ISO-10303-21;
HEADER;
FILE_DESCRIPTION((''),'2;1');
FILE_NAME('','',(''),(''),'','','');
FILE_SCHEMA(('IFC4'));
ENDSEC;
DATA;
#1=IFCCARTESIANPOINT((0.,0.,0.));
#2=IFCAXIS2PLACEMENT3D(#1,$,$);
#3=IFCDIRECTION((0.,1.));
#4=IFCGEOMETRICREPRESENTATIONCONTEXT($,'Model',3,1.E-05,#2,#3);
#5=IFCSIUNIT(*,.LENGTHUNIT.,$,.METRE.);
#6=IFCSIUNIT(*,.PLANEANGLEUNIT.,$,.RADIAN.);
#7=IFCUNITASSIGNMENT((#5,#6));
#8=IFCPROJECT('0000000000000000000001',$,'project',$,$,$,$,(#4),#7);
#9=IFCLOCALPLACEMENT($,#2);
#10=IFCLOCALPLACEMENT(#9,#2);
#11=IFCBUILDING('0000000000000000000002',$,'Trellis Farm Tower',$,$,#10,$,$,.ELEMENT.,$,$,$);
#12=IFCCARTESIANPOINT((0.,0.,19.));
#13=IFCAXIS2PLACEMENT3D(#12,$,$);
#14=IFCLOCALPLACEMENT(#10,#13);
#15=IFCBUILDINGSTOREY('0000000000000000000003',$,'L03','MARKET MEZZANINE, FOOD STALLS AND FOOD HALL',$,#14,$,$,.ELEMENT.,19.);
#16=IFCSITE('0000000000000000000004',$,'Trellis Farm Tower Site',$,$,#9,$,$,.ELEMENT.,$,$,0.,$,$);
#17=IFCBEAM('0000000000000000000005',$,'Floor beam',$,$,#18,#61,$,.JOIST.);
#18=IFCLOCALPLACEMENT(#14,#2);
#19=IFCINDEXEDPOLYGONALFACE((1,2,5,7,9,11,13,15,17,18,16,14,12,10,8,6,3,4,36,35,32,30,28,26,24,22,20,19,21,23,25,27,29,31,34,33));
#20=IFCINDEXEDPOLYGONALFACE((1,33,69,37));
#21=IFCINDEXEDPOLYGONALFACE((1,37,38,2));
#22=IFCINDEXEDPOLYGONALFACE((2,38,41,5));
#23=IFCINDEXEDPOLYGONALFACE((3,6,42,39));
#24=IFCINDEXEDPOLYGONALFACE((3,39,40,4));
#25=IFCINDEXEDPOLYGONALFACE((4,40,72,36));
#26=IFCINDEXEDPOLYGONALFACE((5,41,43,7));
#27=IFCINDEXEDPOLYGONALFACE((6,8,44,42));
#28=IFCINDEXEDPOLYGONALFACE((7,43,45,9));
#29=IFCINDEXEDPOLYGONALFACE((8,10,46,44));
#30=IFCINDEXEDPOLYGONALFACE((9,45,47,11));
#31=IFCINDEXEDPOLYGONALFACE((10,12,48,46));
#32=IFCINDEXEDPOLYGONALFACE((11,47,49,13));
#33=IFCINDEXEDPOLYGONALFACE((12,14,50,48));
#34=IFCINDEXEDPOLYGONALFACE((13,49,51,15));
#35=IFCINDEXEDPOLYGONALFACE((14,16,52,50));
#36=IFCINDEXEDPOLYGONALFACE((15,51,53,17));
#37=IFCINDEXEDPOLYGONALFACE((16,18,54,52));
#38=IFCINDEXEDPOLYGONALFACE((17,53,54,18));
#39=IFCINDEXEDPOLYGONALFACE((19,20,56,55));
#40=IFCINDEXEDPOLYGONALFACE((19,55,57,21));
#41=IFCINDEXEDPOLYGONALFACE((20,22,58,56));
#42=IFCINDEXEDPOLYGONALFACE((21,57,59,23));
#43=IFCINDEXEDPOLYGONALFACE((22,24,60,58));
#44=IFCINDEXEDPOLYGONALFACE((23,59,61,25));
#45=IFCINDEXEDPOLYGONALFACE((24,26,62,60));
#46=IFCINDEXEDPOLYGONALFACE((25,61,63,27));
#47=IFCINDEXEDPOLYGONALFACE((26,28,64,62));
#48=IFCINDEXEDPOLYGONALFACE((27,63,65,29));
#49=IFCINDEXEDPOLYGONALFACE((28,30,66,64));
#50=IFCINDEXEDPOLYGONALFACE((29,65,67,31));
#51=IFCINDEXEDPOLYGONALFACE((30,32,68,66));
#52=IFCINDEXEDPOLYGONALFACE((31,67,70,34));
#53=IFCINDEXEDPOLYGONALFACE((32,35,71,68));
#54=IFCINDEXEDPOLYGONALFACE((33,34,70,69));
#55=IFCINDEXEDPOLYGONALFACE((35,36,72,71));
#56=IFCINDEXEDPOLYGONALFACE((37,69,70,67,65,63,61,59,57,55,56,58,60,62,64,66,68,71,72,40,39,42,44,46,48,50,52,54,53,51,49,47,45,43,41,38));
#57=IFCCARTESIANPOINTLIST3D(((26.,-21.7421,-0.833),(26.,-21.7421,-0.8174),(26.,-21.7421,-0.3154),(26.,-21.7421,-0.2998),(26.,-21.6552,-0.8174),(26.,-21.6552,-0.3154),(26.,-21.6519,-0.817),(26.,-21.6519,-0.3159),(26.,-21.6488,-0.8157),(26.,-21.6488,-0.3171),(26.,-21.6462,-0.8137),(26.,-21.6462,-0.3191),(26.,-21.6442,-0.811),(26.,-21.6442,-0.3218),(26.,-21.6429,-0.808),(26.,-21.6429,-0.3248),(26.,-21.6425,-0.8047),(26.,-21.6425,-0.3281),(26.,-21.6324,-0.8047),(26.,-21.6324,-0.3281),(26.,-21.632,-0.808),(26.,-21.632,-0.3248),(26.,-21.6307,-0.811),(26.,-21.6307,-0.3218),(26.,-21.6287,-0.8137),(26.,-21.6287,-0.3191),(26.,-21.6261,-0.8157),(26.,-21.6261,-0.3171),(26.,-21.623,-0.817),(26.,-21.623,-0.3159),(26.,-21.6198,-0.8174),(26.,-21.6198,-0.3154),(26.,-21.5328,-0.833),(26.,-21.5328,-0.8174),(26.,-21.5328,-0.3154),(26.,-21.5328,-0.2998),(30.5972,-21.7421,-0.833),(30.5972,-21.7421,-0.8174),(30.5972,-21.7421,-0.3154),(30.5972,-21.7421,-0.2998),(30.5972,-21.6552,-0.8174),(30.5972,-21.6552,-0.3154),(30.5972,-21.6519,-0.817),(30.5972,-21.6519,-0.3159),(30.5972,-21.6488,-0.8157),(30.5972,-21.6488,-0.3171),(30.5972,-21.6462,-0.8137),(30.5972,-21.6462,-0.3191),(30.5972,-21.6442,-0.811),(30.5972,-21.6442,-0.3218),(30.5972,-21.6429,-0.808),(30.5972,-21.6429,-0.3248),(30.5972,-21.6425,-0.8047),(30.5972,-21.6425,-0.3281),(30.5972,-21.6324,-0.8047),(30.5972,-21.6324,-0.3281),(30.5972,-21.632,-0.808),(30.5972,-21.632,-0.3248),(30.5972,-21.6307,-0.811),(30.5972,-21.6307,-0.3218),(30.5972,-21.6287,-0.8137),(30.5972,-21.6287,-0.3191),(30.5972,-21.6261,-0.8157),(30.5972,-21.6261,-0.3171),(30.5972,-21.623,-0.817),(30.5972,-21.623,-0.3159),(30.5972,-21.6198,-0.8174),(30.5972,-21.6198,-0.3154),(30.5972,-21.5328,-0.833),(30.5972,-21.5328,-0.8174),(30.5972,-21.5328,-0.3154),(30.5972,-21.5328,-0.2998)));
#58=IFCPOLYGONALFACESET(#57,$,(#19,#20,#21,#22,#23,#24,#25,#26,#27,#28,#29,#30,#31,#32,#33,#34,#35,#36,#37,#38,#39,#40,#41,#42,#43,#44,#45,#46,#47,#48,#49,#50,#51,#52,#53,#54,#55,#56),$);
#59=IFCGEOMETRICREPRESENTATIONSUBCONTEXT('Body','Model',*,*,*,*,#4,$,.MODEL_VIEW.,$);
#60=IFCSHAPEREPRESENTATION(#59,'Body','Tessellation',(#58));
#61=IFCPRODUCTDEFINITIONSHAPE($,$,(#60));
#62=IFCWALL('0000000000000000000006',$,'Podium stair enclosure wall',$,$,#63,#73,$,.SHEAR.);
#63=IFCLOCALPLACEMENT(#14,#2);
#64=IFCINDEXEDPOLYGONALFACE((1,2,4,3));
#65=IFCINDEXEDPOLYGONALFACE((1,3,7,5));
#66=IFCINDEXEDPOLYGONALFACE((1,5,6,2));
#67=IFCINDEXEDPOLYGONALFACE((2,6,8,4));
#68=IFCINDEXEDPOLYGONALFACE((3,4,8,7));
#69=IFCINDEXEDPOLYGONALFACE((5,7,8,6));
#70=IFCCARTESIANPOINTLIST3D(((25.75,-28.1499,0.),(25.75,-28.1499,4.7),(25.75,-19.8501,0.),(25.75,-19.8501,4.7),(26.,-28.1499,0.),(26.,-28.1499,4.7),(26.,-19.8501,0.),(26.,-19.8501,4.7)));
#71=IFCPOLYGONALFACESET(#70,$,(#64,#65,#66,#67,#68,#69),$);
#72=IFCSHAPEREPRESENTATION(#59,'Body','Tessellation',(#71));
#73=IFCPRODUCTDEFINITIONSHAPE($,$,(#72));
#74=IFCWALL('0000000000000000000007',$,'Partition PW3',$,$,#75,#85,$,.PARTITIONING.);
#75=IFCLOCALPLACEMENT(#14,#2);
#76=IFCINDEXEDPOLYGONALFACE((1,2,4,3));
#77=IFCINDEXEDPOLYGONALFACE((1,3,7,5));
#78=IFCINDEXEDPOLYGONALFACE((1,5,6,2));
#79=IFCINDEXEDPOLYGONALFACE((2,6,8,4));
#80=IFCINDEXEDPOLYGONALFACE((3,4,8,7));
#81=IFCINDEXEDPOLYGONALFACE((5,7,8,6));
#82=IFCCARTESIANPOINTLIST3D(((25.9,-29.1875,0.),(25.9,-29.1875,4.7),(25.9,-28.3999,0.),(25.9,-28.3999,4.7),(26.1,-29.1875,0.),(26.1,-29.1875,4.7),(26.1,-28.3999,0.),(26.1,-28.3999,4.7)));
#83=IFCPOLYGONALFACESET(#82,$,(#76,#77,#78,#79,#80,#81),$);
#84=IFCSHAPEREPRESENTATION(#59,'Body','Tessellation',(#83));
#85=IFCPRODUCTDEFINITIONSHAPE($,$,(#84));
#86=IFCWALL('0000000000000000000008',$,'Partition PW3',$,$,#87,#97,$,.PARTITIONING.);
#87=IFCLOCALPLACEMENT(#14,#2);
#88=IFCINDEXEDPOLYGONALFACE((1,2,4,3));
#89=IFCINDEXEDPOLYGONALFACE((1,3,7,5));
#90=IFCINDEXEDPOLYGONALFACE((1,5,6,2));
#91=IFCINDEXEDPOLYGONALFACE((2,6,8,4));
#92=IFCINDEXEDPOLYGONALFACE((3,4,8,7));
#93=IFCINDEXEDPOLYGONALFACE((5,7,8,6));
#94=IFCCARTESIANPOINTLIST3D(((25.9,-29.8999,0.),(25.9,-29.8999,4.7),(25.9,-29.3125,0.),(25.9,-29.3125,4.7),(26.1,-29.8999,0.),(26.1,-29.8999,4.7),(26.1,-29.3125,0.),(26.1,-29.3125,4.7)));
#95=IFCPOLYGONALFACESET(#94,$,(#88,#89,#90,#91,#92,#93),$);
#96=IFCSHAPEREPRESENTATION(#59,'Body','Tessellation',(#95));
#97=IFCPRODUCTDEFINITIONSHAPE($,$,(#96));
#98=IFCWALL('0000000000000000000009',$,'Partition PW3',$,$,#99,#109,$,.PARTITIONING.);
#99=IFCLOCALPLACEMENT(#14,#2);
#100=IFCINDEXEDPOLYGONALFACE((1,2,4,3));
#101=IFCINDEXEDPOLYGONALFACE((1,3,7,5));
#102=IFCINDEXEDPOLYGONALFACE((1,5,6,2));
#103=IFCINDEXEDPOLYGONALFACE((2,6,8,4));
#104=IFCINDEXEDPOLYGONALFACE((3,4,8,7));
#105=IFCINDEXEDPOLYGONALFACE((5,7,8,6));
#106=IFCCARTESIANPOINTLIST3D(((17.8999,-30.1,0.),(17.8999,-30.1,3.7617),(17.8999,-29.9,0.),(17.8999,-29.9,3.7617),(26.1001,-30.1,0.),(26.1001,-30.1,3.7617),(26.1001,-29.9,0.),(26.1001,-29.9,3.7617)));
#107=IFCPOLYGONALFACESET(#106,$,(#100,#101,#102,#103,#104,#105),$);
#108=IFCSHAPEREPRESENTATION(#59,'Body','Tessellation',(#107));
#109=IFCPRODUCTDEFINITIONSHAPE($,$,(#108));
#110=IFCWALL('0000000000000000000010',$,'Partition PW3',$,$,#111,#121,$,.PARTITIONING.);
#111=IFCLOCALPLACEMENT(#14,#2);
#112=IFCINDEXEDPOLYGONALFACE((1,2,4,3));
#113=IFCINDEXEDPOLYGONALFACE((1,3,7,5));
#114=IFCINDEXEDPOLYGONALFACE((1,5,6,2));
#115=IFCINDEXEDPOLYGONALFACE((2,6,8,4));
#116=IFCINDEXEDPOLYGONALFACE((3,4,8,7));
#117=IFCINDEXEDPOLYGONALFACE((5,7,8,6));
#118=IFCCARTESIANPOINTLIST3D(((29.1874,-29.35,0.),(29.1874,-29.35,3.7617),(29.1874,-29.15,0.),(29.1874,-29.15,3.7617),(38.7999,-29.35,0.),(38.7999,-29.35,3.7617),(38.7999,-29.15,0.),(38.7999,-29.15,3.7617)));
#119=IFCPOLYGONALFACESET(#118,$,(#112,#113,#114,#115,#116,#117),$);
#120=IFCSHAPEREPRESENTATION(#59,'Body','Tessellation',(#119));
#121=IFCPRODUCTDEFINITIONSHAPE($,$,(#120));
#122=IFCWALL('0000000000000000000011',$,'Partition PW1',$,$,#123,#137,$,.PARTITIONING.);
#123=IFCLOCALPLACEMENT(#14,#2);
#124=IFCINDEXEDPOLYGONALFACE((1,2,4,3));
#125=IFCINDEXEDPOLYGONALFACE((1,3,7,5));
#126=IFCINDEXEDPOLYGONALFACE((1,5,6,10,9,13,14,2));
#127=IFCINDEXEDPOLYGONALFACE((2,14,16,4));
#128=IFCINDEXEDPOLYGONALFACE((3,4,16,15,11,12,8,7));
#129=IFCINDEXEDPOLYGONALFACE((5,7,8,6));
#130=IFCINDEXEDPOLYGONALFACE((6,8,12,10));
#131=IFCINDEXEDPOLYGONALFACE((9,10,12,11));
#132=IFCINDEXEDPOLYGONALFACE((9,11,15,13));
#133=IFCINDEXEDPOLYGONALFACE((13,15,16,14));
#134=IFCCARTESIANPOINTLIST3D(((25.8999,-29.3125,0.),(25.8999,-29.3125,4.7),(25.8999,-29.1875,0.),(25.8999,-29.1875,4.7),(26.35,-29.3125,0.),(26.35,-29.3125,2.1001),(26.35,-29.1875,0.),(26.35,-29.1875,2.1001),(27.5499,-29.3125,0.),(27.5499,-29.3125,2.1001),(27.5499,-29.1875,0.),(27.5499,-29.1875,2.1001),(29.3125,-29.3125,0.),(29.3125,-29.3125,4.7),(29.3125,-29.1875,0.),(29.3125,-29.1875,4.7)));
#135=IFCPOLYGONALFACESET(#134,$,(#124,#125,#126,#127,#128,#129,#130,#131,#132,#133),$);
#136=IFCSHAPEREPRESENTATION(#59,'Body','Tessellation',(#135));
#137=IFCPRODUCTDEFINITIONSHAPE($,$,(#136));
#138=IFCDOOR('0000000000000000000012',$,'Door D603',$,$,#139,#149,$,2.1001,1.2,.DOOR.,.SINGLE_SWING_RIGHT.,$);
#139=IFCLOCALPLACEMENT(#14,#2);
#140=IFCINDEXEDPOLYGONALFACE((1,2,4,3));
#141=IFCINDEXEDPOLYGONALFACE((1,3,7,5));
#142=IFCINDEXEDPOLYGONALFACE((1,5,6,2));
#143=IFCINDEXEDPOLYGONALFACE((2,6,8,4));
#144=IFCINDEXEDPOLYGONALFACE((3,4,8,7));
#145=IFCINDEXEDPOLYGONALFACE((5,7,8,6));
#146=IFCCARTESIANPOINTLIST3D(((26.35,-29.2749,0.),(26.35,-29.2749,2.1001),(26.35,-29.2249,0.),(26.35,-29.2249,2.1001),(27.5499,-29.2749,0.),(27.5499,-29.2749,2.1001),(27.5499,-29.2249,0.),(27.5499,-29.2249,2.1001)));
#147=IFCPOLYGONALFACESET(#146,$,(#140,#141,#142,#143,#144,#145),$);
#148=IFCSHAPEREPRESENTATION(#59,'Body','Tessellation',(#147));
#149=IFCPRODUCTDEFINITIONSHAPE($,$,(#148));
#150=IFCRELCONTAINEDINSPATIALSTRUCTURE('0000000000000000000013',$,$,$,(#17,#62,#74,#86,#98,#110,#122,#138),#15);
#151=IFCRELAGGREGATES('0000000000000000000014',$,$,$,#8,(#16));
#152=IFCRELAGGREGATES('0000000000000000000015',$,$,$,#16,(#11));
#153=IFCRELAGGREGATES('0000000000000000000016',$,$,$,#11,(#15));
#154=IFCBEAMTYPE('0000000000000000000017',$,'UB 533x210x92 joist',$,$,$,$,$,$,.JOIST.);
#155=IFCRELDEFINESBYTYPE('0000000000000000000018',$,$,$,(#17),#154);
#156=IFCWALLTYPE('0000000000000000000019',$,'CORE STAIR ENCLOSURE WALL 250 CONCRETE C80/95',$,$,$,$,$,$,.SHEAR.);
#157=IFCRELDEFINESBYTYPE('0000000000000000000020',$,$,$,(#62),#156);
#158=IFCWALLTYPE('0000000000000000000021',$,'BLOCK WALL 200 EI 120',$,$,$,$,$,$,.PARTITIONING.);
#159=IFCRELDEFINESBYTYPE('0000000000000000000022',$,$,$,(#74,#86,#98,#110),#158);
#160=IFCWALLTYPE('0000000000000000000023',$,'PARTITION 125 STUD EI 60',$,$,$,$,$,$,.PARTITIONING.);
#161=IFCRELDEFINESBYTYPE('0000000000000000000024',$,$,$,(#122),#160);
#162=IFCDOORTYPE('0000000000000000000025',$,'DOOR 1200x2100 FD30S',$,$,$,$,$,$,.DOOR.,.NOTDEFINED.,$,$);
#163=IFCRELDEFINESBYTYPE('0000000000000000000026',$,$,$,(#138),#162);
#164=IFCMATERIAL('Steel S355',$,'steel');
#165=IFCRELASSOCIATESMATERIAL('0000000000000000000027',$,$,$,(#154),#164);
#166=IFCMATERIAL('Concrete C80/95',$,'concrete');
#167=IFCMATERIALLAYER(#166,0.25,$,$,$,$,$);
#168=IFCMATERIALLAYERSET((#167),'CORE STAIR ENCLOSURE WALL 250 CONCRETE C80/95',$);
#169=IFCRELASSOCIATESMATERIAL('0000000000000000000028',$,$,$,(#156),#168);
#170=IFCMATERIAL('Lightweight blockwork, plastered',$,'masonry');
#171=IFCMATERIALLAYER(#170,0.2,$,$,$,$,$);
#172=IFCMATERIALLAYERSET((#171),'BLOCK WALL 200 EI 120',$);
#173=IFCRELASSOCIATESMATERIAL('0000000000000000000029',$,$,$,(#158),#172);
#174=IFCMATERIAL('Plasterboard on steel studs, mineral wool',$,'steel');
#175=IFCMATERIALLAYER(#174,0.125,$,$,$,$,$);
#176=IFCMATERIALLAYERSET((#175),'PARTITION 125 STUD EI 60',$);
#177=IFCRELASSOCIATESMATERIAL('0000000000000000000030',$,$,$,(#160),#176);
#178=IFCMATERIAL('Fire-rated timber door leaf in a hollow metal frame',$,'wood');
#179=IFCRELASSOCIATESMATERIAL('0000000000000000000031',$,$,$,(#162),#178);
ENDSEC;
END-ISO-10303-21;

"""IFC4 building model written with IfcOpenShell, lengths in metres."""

from ifc_helpers import new_model, si_unit, direction, frame, frame_2d, origin, origin_2d, place, context, subcontext, project, spatial, rectangle, i_section, extrude, source, transform, mapped, material, layer, layer_set, material_profile, profile_set, type_object, element, fill, save


model = new_model("IFC4")

# Units and contexts
model_context = context("Model", 3, precision=1e-05, world=origin(), true_north=direction((0.0, 1.0)))
body_context = subcontext(model_context, "Body", "Model", "MODEL_VIEW")
ifc_project = project(units=[si_unit("LENGTHUNIT", "METRE"), si_unit("PLANEANGLEUNIT", "RADIAN")], contexts=[model_context])

# Site, building, storey
site_placement = place(None, origin())
site = spatial("IfcSite", under=ifc_project, at=site_placement, Name="Trellis Farm Tower Site", CompositionType="ELEMENT", RefElevation=0.0)
building_placement = place(site_placement, origin())
building = spatial("IfcBuilding", under=site, at=building_placement, Name="Trellis Farm Tower", CompositionType="ELEMENT")
storey_placement = place(building_placement, frame((0.0, 0.0, 19.0)))
storey = spatial("IfcBuildingStorey", under=building, at=storey_placement, Name="L03", Description="MARKET MEZZANINE, FOOD STALLS AND FOOD HALL", CompositionType="ELEMENT", Elevation=19.0)

# Beam
ifc_material_1 = material(Name="Steel S355", Category="steel")
ifc_material_profile_1 = material_profile(ifc_material_1, i_section(OverallWidth=0.2092, OverallDepth=0.5332, WebThickness=0.01, FlangeThickness=0.0156, FilletRadius=0.0127, at=origin_2d()), Name="UB 533x210x92")
ifc_profile_set_1 = profile_set([ifc_material_profile_1], Name="Steel S355")
beam_type_1 = type_object("IfcBeamType", Name="UB 533x210x92 joist", PredefinedType="JOIST", material=ifc_profile_set_1)
shared_shape_1 = source(origin(), body_context, "Body", "SweptSolid", [
    extrude(i_section(OverallWidth=0.2092, OverallDepth=0.5332, WebThickness=0.01, FlangeThickness=0.0156, FilletRadius=0.0127, at=origin_2d()), origin(), (0.0, 0.0, 1.0), 4.5972),
])
for number, where, z_axis, x_axis, name in (
    (1, (26.0, -21.6375, -0.5664), (1.0, 0.0, 0.0), (0.0, 1.0, 0.0), "Floor beam"),
):
    element("IfcBeam", number, at=place(storey_placement, frame(where, z_axis=z_axis, x_axis=x_axis)), inside=storey, type_object=beam_type_1, Name=name, PredefinedType="JOIST", context=body_context, shape_type="MappedRepresentation", body=[
        mapped(shared_shape_1, transform((0.0, 0.0, 0.0))),
    ])

# Walls
ifc_material_2 = material(Name="Concrete C80/95", Category="concrete")
ifc_layer_1 = layer(ifc_material_2, 0.25)
ifc_layer_set_1 = layer_set([ifc_layer_1], Name="CORE STAIR ENCLOSURE WALL 250 CONCRETE C80/95")
wall_type_1 = type_object("IfcWallType", Name="CORE STAIR ENCLOSURE WALL 250 CONCRETE C80/95", PredefinedType="SHEAR", material=ifc_layer_set_1)
shared_shape_2 = source(origin(), body_context, "Body", "SweptSolid", [
    extrude(rectangle(XDim=8.2998, YDim=0.25, at=frame_2d((4.1499, 0.0))), origin(), (0.0, 0.0, 1.0), 4.7),
])
wall_1_placement = place(storey_placement, frame((25.875, -28.1499, 0.0), z_axis=(0.0, 0.0, 1.0), x_axis=(0.0, 1.0, 0.0)))
element("IfcWall", 2, at=wall_1_placement, inside=storey, type_object=wall_type_1, Name="Podium stair enclosure wall", PredefinedType="SHEAR", context=body_context, shape_type="MappedRepresentation", body=[
    mapped(shared_shape_2, transform((0.0, 0.0, 0.0))),
])
ifc_material_3 = material(Name="Lightweight blockwork, plastered", Category="masonry")
ifc_layer_2 = layer(ifc_material_3, 0.2)
ifc_layer_set_2 = layer_set([ifc_layer_2], Name="BLOCK WALL 200 EI 120")
wall_type_2 = type_object("IfcWallType", Name="BLOCK WALL 200 EI 120", PredefinedType="PARTITIONING", material=ifc_layer_set_2)
shared_shape_3 = source(origin(), body_context, "Body", "SweptSolid", [
    extrude(rectangle(XDim=0.7876, YDim=0.2, at=frame_2d((0.3938, 0.0))), origin(), (0.0, 0.0, 1.0), 4.7),
])
wall_2_placement = place(storey_placement, frame((26.0, -29.1875, 0.0), z_axis=(0.0, 0.0, 1.0), x_axis=(0.0, 1.0, 0.0)))
element("IfcWall", 3, at=wall_2_placement, inside=storey, type_object=wall_type_2, Name="Partition PW3", PredefinedType="PARTITIONING", context=body_context, shape_type="MappedRepresentation", body=[
    mapped(shared_shape_3, transform((0.0, 0.0, 0.0))),
])
shared_shape_4 = source(origin(), body_context, "Body", "SweptSolid", [
    extrude(rectangle(XDim=0.5874, YDim=0.2, at=frame_2d((0.2937, 0.0))), origin(), (0.0, 0.0, 1.0), 4.7),
])
wall_3_placement = place(storey_placement, frame((26.0, -29.3125, 0.0), z_axis=(0.0, 0.0, 1.0), x_axis=(0.0, -1.0, 0.0)))
element("IfcWall", 4, at=wall_3_placement, inside=storey, type_object=wall_type_2, Name="Partition PW3", PredefinedType="PARTITIONING", context=body_context, shape_type="MappedRepresentation", body=[
    mapped(shared_shape_4, transform((0.0, 0.0, 0.0))),
])
shared_shape_5 = source(origin(), body_context, "Body", "SweptSolid", [
    extrude(rectangle(XDim=8.2002, YDim=0.2, at=frame_2d((4.1001, 0.0))), origin(), (0.0, 0.0, 1.0), 3.7617),
])
wall_4_placement = place(storey_placement, frame((26.1001, -30.0, 0.0), z_axis=(0.0, 0.0, 1.0), x_axis=(-1.0, 0.0, 0.0)))
element("IfcWall", 5, at=wall_4_placement, inside=storey, type_object=wall_type_2, Name="Partition PW3", PredefinedType="PARTITIONING", context=body_context, shape_type="MappedRepresentation", body=[
    mapped(shared_shape_5, transform((0.0, 0.0, 0.0))),
])
shared_shape_6 = source(origin(), body_context, "Body", "SweptSolid", [
    extrude(rectangle(XDim=9.6125, YDim=0.2, at=frame_2d((4.8062, 0.0))), origin(), (0.0, 0.0, 1.0), 3.7617),
])
wall_5_placement = place(storey_placement, frame((29.1875, -29.25, 0.0), z_axis=(0.0, 0.0, 1.0), x_axis=(1.0, 0.0, 0.0)))
element("IfcWall", 6, at=wall_5_placement, inside=storey, type_object=wall_type_2, Name="Partition PW3", PredefinedType="PARTITIONING", context=body_context, shape_type="MappedRepresentation", body=[
    mapped(shared_shape_6, transform((0.0, 0.0, 0.0))),
])

# Wall, opening, door
ifc_material_4 = material(Name="Plasterboard on steel studs, mineral wool", Category="steel")
ifc_layer_3 = layer(ifc_material_4, 0.125)
ifc_layer_set_3 = layer_set([ifc_layer_3], Name="PARTITION 125 STUD EI 60")
wall_type_3 = type_object("IfcWallType", Name="PARTITION 125 STUD EI 60", PredefinedType="PARTITIONING", material=ifc_layer_set_3)
shared_shape_7 = source(origin(), body_context, "Body", "SweptSolid", [
    extrude(rectangle(XDim=3.4126, YDim=0.125, at=frame_2d((1.7063, 0.0))), origin(), (0.0, 0.0, 1.0), 4.7),
])
wall_6_placement = place(storey_placement, frame((29.3125, -29.25, 0.0), z_axis=(0.0, 0.0, 1.0), x_axis=(-1.0, 0.0, 0.0)))
wall_6 = element("IfcWall", 7, at=wall_6_placement, inside=storey, type_object=wall_type_3, Name="Partition PW1", PredefinedType="PARTITIONING", context=body_context, shape_type="MappedRepresentation", body=[
    mapped(shared_shape_7, transform((0.0, 0.0, 0.0))),
])
shared_shape_8 = source(origin(), body_context, "Body", "SweptSolid", [
    extrude(rectangle(XDim=1.2, YDim=2.1001, at=frame_2d((0.6001, 1.05))), frame((0.0, 0.0725, 0.0), z_axis=(0.0, -1.0, 0.0), x_axis=(1.0, 0.0, 0.0)), (0.0, 0.0, 1.0), 0.145),
])
opening_placement = place(wall_6_placement, frame((1.7625, 0.0, 0.0)))
opening = element("IfcOpeningElement", 8, at=opening_placement, cuts=wall_6, PredefinedType="OPENING", context=body_context, shape_type="MappedRepresentation", body=[
    mapped(shared_shape_8, transform((0.0, 0.0, 0.0))),
])
ifc_material_5 = material(Name="Fire-rated timber door leaf in a hollow metal frame", Category="wood")
door_type = type_object("IfcDoorType", Name="DOOR 1200x2100 FD30S", OperationType="NOTDEFINED", PredefinedType="DOOR", material=ifc_material_5)
shared_shape_9 = source(origin(), body_context, "Body", "SweptSolid", [
    extrude(rectangle(XDim=1.2, YDim=2.1001, at=frame_2d((0.6001, 1.05))), frame((0.0, 0.0249, 0.0), z_axis=(0.0, -1.0, 0.0), x_axis=(1.0, 0.0, 0.0)), (0.0, 0.0, 1.0), 0.05),
])
door_placement = place(opening_placement, origin())
door = element("IfcDoor", 9, at=door_placement, inside=storey, type_object=door_type, Name="Door D603", OperationType="SINGLE_SWING_RIGHT", OverallHeight=2.1001, OverallWidth=1.2, PredefinedType="DOOR", context=body_context, shape_type="MappedRepresentation", body=[
    mapped(shared_shape_9, transform((0.0, 0.0, 0.0))),
])
fill(opening, door)

save(model, "model.ifc")
